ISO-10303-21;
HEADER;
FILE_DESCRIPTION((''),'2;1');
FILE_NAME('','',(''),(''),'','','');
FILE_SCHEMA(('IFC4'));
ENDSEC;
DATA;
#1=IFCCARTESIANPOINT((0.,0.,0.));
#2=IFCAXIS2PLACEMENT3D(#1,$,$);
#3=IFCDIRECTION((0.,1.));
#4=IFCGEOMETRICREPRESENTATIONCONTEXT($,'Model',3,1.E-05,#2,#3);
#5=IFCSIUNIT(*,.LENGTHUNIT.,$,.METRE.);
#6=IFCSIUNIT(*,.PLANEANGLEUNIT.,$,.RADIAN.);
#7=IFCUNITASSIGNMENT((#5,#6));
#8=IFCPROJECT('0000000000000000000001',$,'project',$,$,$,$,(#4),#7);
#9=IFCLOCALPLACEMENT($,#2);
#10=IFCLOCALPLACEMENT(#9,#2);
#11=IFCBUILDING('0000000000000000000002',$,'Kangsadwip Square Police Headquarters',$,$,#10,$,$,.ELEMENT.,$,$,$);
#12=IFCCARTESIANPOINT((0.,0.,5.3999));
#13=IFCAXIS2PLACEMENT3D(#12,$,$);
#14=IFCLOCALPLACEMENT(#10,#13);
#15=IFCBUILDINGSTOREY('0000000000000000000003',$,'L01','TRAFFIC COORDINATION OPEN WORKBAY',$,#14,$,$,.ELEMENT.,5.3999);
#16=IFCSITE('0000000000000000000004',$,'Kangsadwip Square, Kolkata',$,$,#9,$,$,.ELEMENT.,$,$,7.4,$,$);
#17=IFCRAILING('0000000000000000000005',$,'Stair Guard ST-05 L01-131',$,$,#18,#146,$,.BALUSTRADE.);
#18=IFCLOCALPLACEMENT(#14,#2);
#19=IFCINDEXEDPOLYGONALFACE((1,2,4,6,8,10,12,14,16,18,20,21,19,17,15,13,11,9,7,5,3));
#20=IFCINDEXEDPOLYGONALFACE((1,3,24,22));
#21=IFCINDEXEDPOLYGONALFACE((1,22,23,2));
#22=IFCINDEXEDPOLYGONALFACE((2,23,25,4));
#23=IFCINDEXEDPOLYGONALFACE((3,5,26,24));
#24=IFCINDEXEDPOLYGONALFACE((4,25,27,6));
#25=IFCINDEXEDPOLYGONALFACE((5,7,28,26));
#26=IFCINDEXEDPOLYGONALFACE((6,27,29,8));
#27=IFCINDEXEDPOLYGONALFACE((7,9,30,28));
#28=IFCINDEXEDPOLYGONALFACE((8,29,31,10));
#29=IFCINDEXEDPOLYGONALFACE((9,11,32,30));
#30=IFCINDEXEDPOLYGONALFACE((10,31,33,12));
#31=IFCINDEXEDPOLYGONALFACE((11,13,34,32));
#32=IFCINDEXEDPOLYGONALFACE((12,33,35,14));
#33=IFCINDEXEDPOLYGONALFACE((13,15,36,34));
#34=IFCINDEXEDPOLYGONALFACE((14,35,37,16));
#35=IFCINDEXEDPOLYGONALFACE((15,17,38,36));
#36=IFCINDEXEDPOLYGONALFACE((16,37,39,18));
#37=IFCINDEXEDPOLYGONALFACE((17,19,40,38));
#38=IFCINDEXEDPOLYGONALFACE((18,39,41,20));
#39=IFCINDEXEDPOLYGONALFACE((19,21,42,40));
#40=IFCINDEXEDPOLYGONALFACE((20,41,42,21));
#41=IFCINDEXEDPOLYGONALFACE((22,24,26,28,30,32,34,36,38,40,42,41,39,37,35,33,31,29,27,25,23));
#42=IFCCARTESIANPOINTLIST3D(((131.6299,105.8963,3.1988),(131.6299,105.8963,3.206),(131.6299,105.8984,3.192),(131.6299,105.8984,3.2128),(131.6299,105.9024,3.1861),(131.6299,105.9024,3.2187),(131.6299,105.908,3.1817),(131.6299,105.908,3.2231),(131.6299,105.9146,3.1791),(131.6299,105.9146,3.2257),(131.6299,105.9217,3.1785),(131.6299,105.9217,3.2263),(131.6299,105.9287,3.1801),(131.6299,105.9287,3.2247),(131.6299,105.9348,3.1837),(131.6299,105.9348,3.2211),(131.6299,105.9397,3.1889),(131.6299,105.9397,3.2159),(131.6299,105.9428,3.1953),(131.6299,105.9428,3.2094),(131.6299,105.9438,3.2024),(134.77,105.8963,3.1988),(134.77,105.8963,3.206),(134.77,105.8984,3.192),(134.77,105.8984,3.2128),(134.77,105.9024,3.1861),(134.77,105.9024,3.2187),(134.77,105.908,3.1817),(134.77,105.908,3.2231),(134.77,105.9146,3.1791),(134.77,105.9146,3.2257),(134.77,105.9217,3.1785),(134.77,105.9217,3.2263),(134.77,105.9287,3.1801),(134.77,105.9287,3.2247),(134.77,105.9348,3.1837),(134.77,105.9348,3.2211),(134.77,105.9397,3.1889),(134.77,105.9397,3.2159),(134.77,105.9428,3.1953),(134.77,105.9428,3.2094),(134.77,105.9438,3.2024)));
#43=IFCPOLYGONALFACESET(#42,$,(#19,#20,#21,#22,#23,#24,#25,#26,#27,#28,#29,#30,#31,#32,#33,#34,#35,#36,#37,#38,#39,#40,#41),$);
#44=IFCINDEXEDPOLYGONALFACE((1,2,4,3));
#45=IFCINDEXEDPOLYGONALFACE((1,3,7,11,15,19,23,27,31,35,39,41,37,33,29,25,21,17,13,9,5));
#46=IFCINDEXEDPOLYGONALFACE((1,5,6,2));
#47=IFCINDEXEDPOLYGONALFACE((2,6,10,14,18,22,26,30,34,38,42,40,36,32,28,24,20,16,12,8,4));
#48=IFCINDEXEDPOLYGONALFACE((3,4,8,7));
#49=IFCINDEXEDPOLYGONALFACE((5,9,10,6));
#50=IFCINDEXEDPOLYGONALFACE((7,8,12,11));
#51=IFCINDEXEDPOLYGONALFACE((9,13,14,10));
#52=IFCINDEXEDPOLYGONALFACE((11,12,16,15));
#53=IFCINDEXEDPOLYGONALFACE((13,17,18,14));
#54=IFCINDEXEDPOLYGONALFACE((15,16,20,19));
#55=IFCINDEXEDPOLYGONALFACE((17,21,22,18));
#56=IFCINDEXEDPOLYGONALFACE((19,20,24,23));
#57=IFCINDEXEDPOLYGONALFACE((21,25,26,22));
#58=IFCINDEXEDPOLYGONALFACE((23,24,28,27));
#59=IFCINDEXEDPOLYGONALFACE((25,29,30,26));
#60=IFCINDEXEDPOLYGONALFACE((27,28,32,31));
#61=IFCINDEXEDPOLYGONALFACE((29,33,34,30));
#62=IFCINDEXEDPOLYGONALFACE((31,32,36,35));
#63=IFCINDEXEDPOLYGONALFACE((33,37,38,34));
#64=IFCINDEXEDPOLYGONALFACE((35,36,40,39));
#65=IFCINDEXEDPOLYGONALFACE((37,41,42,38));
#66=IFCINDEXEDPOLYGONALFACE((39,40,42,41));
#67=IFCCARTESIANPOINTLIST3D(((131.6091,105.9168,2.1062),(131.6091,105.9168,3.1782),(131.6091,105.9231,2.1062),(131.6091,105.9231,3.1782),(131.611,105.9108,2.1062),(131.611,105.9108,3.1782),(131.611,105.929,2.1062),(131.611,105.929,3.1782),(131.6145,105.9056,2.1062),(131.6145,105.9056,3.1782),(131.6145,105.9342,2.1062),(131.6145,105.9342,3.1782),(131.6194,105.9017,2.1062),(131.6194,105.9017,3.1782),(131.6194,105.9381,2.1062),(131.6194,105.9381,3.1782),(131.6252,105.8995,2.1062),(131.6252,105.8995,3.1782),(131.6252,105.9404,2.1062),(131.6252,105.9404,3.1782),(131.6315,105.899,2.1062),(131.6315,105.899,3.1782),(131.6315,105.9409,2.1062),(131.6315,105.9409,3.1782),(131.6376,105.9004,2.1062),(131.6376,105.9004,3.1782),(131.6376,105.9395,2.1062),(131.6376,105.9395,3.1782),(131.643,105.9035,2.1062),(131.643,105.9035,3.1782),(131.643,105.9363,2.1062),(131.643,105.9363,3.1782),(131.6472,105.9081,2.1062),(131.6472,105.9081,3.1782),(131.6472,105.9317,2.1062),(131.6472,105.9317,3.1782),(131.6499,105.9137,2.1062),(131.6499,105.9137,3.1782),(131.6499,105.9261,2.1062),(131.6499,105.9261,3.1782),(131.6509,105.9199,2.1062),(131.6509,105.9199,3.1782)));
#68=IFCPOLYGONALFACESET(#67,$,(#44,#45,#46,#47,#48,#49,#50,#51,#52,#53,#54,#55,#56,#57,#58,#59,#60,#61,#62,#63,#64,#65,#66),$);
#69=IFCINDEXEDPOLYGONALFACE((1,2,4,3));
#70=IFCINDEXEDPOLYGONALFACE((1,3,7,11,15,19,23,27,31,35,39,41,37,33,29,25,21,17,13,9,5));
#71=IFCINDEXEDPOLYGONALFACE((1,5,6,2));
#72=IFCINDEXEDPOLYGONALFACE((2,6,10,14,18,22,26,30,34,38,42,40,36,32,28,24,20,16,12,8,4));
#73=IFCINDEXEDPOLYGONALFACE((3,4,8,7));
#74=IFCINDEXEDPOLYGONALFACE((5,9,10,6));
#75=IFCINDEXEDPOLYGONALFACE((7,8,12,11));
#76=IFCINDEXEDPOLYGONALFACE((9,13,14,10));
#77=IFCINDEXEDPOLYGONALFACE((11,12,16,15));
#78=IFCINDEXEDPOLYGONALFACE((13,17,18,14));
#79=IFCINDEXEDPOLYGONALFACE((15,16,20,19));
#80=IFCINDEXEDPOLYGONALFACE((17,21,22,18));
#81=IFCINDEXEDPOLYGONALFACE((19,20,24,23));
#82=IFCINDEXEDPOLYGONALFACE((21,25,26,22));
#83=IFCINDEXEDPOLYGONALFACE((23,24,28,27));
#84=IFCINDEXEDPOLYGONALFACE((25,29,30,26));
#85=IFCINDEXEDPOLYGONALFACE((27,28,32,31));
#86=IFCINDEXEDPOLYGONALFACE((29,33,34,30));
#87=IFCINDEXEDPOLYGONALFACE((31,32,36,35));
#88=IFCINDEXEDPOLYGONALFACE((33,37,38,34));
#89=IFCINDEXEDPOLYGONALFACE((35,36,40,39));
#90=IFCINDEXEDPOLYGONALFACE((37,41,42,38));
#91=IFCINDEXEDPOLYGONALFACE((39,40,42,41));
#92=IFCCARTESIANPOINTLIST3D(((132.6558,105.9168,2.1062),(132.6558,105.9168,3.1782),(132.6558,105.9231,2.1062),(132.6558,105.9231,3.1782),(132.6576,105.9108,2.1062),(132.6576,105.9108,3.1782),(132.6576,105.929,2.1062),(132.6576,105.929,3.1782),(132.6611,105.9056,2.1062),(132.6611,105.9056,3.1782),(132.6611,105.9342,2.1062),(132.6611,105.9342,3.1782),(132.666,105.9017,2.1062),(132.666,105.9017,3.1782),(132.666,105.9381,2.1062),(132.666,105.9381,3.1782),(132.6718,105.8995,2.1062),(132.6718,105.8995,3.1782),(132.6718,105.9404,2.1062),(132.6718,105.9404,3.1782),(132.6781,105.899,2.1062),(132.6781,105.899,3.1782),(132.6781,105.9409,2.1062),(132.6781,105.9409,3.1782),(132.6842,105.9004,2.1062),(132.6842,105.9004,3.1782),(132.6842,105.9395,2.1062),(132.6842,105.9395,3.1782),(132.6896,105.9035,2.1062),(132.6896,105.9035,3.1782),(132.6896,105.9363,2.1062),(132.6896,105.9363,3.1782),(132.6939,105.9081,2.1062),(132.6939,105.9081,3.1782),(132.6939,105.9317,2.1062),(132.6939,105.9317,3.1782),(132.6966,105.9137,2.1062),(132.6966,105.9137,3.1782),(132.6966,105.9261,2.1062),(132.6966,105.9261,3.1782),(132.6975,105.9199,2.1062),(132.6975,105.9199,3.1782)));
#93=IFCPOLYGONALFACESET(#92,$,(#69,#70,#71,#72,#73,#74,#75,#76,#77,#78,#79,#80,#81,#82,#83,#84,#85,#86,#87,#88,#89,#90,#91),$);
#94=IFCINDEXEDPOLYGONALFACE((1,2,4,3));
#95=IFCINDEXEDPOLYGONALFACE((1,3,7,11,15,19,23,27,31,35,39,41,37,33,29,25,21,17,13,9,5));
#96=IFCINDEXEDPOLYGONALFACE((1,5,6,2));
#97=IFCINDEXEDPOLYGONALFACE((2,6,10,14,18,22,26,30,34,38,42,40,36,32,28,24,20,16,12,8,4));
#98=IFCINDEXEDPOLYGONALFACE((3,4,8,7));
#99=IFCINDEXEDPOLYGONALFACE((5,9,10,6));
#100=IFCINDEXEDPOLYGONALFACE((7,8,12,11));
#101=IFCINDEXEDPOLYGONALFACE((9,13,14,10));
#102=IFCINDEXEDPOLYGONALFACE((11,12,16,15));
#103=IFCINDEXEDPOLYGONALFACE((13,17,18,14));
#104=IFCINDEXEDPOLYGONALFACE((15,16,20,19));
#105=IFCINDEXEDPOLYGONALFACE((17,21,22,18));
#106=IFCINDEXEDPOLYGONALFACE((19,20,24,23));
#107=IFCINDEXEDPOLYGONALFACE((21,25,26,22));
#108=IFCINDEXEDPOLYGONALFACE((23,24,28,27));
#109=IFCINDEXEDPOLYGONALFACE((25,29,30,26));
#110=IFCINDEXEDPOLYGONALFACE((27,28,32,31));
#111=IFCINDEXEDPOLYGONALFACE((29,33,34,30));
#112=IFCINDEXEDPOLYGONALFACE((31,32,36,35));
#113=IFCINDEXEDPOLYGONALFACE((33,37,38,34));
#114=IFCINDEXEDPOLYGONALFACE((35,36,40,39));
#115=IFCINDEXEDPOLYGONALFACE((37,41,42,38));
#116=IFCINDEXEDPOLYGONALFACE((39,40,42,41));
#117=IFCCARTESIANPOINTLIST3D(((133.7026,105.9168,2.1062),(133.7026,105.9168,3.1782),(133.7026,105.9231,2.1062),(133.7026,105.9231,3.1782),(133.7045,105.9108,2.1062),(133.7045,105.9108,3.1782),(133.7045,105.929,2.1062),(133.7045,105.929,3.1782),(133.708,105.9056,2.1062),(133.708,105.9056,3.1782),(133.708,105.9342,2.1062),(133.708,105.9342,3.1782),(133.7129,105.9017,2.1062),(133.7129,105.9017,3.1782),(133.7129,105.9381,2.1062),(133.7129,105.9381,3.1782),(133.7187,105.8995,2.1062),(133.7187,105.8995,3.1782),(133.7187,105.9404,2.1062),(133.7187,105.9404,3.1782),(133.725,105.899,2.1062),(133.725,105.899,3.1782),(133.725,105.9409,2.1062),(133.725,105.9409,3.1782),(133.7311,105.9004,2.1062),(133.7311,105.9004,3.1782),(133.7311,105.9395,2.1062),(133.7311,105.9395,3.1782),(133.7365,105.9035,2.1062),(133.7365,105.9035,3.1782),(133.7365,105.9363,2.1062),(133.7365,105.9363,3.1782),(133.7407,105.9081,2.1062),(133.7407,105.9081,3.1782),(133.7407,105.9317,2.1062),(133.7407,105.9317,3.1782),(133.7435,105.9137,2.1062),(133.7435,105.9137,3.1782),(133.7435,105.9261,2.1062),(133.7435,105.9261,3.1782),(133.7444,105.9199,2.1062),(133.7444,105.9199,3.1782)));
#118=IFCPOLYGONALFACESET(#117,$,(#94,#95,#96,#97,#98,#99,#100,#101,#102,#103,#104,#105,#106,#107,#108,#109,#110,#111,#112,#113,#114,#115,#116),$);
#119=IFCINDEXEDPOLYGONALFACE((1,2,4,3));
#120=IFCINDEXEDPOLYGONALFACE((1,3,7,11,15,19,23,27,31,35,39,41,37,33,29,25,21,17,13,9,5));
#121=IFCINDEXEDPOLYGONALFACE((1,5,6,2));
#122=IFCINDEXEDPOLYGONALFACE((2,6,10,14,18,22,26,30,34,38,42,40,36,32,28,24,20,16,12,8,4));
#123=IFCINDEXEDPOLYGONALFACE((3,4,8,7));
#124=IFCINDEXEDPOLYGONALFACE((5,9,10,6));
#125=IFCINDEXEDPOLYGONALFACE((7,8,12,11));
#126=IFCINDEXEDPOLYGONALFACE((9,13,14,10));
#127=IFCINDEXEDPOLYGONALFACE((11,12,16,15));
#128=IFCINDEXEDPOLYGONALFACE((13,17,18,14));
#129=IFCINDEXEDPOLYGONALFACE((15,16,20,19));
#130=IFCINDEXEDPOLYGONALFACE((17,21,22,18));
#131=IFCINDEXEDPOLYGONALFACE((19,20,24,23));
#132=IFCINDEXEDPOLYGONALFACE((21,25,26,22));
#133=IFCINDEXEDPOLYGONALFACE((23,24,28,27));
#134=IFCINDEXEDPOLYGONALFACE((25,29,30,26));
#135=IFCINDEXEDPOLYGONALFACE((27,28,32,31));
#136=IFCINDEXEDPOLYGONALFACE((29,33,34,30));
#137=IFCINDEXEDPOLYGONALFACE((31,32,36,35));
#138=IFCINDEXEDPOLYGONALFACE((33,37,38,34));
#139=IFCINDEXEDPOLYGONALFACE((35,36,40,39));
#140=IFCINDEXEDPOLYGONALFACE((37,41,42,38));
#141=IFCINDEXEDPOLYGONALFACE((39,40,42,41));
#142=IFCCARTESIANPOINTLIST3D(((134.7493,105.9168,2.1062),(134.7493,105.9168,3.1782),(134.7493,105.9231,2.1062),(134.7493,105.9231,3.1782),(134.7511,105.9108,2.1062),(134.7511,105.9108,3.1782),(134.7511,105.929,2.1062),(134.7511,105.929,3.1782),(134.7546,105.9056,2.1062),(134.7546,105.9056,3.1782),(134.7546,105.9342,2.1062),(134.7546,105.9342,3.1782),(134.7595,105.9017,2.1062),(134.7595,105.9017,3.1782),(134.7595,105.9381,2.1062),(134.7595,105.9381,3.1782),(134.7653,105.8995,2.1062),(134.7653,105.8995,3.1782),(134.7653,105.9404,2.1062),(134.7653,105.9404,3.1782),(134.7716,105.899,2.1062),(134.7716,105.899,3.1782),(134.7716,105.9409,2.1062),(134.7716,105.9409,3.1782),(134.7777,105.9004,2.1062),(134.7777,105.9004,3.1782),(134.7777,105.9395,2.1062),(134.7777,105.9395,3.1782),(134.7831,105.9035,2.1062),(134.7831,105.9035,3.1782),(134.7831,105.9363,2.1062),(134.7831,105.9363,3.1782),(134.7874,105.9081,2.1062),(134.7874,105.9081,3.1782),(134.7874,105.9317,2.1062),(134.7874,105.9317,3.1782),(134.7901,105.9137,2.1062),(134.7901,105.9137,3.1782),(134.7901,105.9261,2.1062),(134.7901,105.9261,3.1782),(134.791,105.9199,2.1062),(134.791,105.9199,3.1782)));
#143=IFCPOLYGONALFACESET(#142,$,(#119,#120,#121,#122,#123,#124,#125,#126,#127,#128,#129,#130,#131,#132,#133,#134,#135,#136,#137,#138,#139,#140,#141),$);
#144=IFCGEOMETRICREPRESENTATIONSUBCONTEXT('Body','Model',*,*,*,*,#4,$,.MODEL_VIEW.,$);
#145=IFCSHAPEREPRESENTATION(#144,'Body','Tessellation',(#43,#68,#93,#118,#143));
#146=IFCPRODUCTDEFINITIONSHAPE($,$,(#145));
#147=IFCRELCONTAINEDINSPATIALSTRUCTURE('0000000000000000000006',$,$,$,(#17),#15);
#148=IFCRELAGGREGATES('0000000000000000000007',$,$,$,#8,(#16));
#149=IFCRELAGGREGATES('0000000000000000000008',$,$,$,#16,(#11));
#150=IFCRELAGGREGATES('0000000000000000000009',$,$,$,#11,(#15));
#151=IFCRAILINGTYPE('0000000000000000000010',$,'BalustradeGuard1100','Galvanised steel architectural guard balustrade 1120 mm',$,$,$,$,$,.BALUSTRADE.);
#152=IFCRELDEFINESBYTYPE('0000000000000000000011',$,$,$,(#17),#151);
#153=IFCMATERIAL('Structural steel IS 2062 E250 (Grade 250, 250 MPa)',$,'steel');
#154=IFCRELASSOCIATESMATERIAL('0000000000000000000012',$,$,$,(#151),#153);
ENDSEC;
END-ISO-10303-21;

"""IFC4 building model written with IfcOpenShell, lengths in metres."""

from ifc_helpers import new_model, si_unit, direction, frame, origin, origin_2d, place, context, subcontext, project, spatial, circle, extrude, material, type_object, element, save


model = new_model("IFC4")

# Units and contexts
model_context = context("Model", 3, precision=1e-05, world=origin(), true_north=direction((0.0, 1.0)))
body_context = subcontext(model_context, "Body", "Model", "MODEL_VIEW")
ifc_project = project(units=[si_unit("LENGTHUNIT", "METRE"), si_unit("PLANEANGLEUNIT", "RADIAN")], contexts=[model_context])

# Site, building, storey
site_placement = place(None, origin())
site = spatial("IfcSite", under=ifc_project, at=site_placement, Name="Kangsadwip Square, Kolkata", CompositionType="ELEMENT", RefElevation=7.4)
building_placement = place(site_placement, origin())
building = spatial("IfcBuilding", under=site, at=building_placement, Name="Kangsadwip Square Police Headquarters", CompositionType="ELEMENT")
storey_placement = place(building_placement, frame((0.0, 0.0, 5.3999)))
storey = spatial("IfcBuildingStorey", under=building, at=storey_placement, Name="L01", Description="TRAFFIC COORDINATION OPEN WORKBAY", CompositionType="ELEMENT", Elevation=5.3999)

# Railing
ifc_material_1 = material(Name="Structural steel IS 2062 E250 (Grade 250, 250 MPa)", Category="steel")
railing_type_1 = type_object("IfcRailingType", Name="BalustradeGuard1100", Description="Galvanised steel architectural guard balustrade 1120 mm", PredefinedType="BALUSTRADE", material=ifc_material_1)
for number, where, name in (
    (1, (131.6299, 105.9199, 2.1062), "Stair Guard ST-05 L01-131"),
):
    element("IfcRailing", number, at=place(storey_placement, frame(where)), inside=storey, type_object=railing_type_1, Name=name, PredefinedType="BALUSTRADE", context=body_context, shape_type="SweptSolid", body=[
        extrude(circle(Radius=0.0239, at=origin_2d()), frame((0.0, 0.0, 1.0962), z_axis=(1.0, 0.0, 0.0), x_axis=(0.0, 1.0, 0.0)), (0.0, 0.0, 1.0), 3.1401),
        extrude(circle(Radius=0.021, at=origin_2d()), origin(), (0.0, 0.0, 1.0), 1.072),
        extrude(circle(Radius=0.021, at=origin_2d()), frame((1.0466, 0.0, 0.0)), (0.0, 0.0, 1.0), 1.072),
        extrude(circle(Radius=0.021, at=origin_2d()), frame((2.0935, 0.0, 0.0)), (0.0, 0.0, 1.0), 1.072),
        extrude(circle(Radius=0.021, at=origin_2d()), frame((3.1401, 0.0, 0.0)), (0.0, 0.0, 1.0), 1.072),
    ])

save(model, "model.ifc")
